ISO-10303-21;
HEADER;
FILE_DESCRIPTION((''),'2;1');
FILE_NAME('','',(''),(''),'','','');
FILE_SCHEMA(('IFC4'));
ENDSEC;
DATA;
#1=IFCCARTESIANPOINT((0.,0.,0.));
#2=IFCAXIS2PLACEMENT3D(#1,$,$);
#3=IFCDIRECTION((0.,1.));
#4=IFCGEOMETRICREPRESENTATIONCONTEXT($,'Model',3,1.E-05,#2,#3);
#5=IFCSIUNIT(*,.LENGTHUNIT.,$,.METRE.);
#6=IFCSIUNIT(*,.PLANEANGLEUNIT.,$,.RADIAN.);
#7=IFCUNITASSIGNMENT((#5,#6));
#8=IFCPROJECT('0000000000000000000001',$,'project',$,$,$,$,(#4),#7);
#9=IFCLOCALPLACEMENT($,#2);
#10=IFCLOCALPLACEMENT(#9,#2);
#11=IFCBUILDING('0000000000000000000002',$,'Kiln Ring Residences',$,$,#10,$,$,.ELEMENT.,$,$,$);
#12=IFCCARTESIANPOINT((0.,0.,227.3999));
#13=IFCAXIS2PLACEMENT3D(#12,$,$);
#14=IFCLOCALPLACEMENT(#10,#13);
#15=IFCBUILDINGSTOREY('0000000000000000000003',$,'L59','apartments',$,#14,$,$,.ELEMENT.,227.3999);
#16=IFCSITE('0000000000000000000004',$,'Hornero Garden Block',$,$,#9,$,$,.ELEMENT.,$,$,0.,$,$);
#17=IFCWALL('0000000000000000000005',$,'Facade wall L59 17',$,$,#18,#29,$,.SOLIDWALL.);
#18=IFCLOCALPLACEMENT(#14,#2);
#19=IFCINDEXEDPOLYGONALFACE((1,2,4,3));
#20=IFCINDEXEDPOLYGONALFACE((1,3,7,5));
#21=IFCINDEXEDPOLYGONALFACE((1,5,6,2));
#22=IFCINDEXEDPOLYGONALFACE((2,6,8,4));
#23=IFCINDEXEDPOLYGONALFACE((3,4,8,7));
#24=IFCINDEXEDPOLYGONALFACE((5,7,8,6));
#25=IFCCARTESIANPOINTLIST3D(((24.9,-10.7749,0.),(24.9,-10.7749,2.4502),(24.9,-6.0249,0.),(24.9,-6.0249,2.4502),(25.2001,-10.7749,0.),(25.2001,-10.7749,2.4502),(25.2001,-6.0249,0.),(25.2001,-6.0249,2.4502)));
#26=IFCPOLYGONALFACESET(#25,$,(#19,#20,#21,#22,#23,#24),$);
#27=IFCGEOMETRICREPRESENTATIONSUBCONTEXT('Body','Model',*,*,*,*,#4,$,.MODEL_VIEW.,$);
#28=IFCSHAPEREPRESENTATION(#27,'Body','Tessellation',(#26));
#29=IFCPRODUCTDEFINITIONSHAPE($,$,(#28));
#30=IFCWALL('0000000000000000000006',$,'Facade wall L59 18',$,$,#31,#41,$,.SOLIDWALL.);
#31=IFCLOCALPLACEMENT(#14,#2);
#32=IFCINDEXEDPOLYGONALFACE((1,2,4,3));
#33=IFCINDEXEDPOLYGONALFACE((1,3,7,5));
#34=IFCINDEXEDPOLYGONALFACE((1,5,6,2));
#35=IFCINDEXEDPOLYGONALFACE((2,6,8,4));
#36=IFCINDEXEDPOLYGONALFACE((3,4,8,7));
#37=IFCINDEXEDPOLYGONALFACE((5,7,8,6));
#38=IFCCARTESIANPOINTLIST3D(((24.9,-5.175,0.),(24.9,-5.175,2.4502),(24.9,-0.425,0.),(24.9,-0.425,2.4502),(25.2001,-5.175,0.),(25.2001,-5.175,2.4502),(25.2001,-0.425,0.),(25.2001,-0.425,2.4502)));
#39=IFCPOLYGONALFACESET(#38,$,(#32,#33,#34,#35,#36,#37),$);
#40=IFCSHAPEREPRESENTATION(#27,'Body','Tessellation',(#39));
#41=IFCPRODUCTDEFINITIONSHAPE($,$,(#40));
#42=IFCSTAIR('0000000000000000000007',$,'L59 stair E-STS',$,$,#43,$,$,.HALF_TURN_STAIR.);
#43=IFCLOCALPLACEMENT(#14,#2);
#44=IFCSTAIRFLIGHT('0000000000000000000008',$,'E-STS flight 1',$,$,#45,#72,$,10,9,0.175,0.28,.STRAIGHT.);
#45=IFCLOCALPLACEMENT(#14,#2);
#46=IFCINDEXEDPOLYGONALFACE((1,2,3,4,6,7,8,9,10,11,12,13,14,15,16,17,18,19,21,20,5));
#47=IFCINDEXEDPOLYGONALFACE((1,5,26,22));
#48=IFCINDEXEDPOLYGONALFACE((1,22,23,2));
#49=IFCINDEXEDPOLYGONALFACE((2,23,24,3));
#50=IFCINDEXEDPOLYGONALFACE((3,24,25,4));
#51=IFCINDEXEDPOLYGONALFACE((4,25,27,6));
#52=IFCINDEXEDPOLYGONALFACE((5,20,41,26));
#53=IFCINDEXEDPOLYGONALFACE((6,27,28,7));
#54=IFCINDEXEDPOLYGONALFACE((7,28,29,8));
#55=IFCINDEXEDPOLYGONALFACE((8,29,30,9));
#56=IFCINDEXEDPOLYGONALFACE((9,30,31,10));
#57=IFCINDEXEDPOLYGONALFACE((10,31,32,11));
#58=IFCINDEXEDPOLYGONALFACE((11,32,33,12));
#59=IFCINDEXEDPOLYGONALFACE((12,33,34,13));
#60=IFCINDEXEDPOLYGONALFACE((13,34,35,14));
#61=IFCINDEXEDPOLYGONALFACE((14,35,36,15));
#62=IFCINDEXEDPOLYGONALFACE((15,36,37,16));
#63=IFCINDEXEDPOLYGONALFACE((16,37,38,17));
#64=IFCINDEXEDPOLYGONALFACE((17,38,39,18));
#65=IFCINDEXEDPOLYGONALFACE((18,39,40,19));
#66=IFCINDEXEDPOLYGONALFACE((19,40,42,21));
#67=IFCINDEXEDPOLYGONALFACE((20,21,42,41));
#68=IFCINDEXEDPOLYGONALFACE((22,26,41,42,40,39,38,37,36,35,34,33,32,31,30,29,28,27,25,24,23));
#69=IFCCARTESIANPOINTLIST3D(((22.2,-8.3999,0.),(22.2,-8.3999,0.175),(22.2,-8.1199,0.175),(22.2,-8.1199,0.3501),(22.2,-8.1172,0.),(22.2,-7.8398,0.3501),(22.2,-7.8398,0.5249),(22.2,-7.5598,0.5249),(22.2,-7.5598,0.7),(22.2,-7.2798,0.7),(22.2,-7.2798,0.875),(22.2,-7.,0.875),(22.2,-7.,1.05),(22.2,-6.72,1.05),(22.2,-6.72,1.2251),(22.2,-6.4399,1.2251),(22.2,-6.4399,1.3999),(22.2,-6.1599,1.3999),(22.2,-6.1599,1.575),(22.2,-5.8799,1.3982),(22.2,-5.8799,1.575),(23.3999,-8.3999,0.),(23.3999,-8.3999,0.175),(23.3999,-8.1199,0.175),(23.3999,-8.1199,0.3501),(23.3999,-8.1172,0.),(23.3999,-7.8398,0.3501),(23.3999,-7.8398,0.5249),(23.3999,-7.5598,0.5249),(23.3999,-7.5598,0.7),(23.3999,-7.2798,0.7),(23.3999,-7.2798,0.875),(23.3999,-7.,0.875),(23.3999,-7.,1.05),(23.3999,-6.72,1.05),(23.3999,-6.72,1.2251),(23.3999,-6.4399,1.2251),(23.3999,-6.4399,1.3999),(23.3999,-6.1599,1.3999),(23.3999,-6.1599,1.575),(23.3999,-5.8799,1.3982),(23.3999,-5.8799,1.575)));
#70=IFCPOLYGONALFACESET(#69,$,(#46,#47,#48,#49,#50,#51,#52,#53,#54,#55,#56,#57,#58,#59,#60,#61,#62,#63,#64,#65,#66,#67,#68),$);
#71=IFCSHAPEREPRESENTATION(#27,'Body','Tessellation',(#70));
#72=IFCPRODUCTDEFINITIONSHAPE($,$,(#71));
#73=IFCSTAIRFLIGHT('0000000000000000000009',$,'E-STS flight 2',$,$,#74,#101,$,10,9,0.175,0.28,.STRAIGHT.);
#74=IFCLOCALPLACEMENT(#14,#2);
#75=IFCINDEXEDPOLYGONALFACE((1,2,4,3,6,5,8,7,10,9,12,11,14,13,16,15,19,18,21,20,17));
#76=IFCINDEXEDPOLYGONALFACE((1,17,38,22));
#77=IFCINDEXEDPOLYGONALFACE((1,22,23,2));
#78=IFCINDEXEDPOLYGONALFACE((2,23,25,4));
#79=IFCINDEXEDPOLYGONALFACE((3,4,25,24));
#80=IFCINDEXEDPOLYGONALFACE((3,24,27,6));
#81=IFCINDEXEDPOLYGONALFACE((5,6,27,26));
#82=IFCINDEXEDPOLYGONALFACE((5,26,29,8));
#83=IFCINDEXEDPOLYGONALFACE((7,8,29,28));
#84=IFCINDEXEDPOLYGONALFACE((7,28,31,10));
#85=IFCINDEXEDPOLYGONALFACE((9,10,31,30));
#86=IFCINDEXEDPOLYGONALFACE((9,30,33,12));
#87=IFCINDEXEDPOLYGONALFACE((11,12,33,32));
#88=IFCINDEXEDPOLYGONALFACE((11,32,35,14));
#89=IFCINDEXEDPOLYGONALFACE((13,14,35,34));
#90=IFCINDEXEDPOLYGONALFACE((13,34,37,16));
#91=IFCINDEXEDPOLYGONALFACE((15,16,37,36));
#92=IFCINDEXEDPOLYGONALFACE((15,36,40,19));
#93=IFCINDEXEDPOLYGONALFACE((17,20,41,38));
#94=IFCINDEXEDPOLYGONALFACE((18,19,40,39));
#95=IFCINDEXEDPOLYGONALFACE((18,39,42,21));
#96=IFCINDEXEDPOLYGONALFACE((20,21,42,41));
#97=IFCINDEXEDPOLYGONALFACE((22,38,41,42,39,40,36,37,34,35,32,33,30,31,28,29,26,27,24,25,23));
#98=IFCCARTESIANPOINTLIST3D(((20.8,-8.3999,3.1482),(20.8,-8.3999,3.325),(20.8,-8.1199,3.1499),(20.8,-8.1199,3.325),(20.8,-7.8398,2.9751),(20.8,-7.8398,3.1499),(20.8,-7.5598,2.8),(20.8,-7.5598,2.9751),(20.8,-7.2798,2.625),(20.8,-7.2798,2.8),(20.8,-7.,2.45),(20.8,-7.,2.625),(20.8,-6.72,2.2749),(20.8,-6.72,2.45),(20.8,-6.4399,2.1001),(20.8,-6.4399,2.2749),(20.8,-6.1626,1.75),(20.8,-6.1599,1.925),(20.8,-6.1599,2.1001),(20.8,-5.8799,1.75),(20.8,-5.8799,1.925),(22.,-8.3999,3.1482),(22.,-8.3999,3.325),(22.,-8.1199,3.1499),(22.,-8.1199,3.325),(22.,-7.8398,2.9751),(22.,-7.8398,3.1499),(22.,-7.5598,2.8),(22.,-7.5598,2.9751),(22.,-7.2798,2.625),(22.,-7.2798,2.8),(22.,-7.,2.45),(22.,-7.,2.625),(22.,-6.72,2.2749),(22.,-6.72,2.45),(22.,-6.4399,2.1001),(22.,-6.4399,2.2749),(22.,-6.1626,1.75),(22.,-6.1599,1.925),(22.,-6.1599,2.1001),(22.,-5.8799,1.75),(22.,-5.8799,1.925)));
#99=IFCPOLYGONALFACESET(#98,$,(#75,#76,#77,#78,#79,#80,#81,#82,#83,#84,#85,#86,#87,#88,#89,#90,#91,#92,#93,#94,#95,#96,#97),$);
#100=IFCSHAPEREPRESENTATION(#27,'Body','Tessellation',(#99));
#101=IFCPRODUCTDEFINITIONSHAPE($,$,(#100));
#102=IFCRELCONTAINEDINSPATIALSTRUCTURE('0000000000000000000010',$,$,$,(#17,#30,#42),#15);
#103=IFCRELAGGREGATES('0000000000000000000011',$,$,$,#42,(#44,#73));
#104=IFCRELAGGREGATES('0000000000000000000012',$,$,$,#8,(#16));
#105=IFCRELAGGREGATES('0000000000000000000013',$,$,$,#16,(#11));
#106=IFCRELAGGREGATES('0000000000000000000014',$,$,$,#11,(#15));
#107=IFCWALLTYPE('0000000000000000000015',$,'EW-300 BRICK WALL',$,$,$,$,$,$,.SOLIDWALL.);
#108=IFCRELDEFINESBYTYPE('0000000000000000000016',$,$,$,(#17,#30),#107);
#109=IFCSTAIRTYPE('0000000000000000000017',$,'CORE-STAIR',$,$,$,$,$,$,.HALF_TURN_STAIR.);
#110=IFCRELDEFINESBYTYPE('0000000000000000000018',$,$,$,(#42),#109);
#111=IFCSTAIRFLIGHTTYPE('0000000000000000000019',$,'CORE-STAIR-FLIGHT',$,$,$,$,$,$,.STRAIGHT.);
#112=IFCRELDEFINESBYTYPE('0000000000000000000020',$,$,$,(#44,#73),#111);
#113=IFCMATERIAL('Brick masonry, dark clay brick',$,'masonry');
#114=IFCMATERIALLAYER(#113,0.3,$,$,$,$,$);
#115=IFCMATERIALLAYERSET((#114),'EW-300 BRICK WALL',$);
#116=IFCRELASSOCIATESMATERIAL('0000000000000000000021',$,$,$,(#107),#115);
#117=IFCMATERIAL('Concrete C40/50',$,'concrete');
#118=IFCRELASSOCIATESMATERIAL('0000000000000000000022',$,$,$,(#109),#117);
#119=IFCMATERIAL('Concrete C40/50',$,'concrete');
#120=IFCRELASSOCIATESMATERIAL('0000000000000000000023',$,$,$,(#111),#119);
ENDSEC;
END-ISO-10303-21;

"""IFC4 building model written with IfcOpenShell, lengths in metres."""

from ifc_helpers import new_model, si_unit, direction, frame, frame_2d, origin, place, context, subcontext, project, spatial, polyline, rectangle, outline, extrude, material, layer, layer_set, type_object, element, aggregate, save


model = new_model("IFC4")

# Units and contexts
model_context = context("Model", 3, precision=1e-05, world=origin(), true_north=direction((0.0, 1.0)))
body_context = subcontext(model_context, "Body", "Model", "MODEL_VIEW")
ifc_project = project(units=[si_unit("LENGTHUNIT", "METRE"), si_unit("PLANEANGLEUNIT", "RADIAN")], contexts=[model_context])

# Site, building, storey
site_placement = place(None, origin())
site = spatial("IfcSite", under=ifc_project, at=site_placement, Name="Hornero Garden Block", CompositionType="ELEMENT", RefElevation=0.0)
building_placement = place(site_placement, origin())
building = spatial("IfcBuilding", under=site, at=building_placement, Name="Kiln Ring Residences", CompositionType="ELEMENT")
storey_placement = place(building_placement, frame((0.0, 0.0, 227.3999)))
storey = spatial("IfcBuildingStorey", under=building, at=storey_placement, Name="L59", Description="apartments", CompositionType="ELEMENT", Elevation=227.3999)

# Walls
ifc_material_1 = material(Name="Brick masonry, dark clay brick", Category="masonry")
ifc_layer_1 = layer(ifc_material_1, 0.3)
ifc_layer_set_1 = layer_set([ifc_layer_1], Name="EW-300 BRICK WALL")
wall_type_1 = type_object("IfcWallType", Name="EW-300 BRICK WALL", PredefinedType="SOLIDWALL", material=ifc_layer_set_1)
for number, where, z_axis, x_axis, name in (
    (1, (25.05, -10.7749, 0.0), (0.0, 0.0, 1.0), (0.0, 1.0, 0.0), "Facade wall L59 17"),
    (2, (25.05, -5.175, 0.0), (0.0, 0.0, 1.0), (0.0, 1.0, 0.0), "Facade wall L59 18"),
):
    element("IfcWall", number, at=place(storey_placement, frame(where, z_axis=z_axis, x_axis=x_axis)), inside=storey, type_object=wall_type_1, Name=name, PredefinedType="SOLIDWALL", context=body_context, shape_type="SweptSolid", body=[
        extrude(rectangle(XDim=4.75, YDim=0.3, at=frame_2d((2.375, 0.0))), origin(), (0.0, 0.0, 1.0), 2.4502),
    ])

# Stair, stair flights
ifc_material_2 = material(Name="Concrete C40/50", Category="concrete")
stair_type = type_object("IfcStairType", Name="CORE-STAIR", PredefinedType="HALF_TURN_STAIR", material=ifc_material_2)
stair_placement = place(storey_placement, origin())
stair = element("IfcStair", 3, at=stair_placement, inside=storey, type_object=stair_type, Name="L59 stair E-STS", PredefinedType="HALF_TURN_STAIR")
ifc_material_3 = material(Name="Concrete C40/50", Category="concrete")
stair_flight_type = type_object("IfcStairFlightType", Name="CORE-STAIR-FLIGHT", PredefinedType="STRAIGHT", material=ifc_material_3)
stair_flight_1_placement = place(storey_placement, frame((22.8, -8.3999, 0.0), z_axis=(0.0, 0.0, 1.0), x_axis=(0.0, 1.0, 0.0)))
stair_flight_1 = element("IfcStairFlight", 4, at=stair_flight_1_placement, type_object=stair_flight_type, Name="E-STS flight 1", NumberOfRisers=10, NumberOfTreads=9, PredefinedType="STRAIGHT", RiserHeight=0.175, TreadLength=0.28, context=body_context, shape_type="SweptSolid", body=[
    extrude(outline(polyline([(0.0, 0.0), (0.0, 0.175), (0.28, 0.175), (0.28, 0.3501), (0.5601, 0.3501), (0.5601, 0.5249), (0.8401, 0.5249), (0.8401, 0.7), (1.1201, 0.7), (1.1201, 0.875), (1.3999, 0.875), (1.3999, 1.05), (1.6799, 1.05), (1.6799, 1.2251), (1.96, 1.2251), (1.96, 1.3999), (2.24, 1.3999), (2.24, 1.575), (2.52, 1.575), (2.52, 1.75), (2.52, 1.3982), (0.2827, 0.0), (0.0, 0.0)])), frame((0.0, 0.6001, 0.0), z_axis=(0.0, -1.0, 0.0), x_axis=(1.0, 0.0, 0.0)), (0.0, 0.0, 1.0), 1.2),
])
stair_flight_2_placement = place(storey_placement, frame((21.3999, -5.8799, 1.75), z_axis=(0.0, 0.0, 1.0), x_axis=(0.0, -1.0, 0.0)))
stair_flight_2 = element("IfcStairFlight", 5, at=stair_flight_2_placement, type_object=stair_flight_type, Name="E-STS flight 2", NumberOfRisers=10, NumberOfTreads=9, PredefinedType="STRAIGHT", RiserHeight=0.175, TreadLength=0.28, context=body_context, shape_type="SweptSolid", body=[
    extrude(outline(polyline([(0.0, 0.0), (0.0, 0.175), (0.28, 0.175), (0.28, 0.3501), (0.5601, 0.3501), (0.5601, 0.5249), (0.8401, 0.5249), (0.8401, 0.7), (1.1201, 0.7), (1.1201, 0.875), (1.3999, 0.875), (1.3999, 1.05), (1.6799, 1.05), (1.6799, 1.2251), (1.96, 1.2251), (1.96, 1.3999), (2.24, 1.3999), (2.24, 1.575), (2.52, 1.575), (2.52, 1.75), (2.52, 1.3982), (0.2827, 0.0), (0.0, 0.0)])), frame((0.0, 0.6001, 0.0), z_axis=(0.0, -1.0, 0.0), x_axis=(1.0, 0.0, 0.0)), (0.0, 0.0, 1.0), 1.2),
])
aggregate(stair, [stair_flight_1, stair_flight_2])

save(model, "model.ifc")
